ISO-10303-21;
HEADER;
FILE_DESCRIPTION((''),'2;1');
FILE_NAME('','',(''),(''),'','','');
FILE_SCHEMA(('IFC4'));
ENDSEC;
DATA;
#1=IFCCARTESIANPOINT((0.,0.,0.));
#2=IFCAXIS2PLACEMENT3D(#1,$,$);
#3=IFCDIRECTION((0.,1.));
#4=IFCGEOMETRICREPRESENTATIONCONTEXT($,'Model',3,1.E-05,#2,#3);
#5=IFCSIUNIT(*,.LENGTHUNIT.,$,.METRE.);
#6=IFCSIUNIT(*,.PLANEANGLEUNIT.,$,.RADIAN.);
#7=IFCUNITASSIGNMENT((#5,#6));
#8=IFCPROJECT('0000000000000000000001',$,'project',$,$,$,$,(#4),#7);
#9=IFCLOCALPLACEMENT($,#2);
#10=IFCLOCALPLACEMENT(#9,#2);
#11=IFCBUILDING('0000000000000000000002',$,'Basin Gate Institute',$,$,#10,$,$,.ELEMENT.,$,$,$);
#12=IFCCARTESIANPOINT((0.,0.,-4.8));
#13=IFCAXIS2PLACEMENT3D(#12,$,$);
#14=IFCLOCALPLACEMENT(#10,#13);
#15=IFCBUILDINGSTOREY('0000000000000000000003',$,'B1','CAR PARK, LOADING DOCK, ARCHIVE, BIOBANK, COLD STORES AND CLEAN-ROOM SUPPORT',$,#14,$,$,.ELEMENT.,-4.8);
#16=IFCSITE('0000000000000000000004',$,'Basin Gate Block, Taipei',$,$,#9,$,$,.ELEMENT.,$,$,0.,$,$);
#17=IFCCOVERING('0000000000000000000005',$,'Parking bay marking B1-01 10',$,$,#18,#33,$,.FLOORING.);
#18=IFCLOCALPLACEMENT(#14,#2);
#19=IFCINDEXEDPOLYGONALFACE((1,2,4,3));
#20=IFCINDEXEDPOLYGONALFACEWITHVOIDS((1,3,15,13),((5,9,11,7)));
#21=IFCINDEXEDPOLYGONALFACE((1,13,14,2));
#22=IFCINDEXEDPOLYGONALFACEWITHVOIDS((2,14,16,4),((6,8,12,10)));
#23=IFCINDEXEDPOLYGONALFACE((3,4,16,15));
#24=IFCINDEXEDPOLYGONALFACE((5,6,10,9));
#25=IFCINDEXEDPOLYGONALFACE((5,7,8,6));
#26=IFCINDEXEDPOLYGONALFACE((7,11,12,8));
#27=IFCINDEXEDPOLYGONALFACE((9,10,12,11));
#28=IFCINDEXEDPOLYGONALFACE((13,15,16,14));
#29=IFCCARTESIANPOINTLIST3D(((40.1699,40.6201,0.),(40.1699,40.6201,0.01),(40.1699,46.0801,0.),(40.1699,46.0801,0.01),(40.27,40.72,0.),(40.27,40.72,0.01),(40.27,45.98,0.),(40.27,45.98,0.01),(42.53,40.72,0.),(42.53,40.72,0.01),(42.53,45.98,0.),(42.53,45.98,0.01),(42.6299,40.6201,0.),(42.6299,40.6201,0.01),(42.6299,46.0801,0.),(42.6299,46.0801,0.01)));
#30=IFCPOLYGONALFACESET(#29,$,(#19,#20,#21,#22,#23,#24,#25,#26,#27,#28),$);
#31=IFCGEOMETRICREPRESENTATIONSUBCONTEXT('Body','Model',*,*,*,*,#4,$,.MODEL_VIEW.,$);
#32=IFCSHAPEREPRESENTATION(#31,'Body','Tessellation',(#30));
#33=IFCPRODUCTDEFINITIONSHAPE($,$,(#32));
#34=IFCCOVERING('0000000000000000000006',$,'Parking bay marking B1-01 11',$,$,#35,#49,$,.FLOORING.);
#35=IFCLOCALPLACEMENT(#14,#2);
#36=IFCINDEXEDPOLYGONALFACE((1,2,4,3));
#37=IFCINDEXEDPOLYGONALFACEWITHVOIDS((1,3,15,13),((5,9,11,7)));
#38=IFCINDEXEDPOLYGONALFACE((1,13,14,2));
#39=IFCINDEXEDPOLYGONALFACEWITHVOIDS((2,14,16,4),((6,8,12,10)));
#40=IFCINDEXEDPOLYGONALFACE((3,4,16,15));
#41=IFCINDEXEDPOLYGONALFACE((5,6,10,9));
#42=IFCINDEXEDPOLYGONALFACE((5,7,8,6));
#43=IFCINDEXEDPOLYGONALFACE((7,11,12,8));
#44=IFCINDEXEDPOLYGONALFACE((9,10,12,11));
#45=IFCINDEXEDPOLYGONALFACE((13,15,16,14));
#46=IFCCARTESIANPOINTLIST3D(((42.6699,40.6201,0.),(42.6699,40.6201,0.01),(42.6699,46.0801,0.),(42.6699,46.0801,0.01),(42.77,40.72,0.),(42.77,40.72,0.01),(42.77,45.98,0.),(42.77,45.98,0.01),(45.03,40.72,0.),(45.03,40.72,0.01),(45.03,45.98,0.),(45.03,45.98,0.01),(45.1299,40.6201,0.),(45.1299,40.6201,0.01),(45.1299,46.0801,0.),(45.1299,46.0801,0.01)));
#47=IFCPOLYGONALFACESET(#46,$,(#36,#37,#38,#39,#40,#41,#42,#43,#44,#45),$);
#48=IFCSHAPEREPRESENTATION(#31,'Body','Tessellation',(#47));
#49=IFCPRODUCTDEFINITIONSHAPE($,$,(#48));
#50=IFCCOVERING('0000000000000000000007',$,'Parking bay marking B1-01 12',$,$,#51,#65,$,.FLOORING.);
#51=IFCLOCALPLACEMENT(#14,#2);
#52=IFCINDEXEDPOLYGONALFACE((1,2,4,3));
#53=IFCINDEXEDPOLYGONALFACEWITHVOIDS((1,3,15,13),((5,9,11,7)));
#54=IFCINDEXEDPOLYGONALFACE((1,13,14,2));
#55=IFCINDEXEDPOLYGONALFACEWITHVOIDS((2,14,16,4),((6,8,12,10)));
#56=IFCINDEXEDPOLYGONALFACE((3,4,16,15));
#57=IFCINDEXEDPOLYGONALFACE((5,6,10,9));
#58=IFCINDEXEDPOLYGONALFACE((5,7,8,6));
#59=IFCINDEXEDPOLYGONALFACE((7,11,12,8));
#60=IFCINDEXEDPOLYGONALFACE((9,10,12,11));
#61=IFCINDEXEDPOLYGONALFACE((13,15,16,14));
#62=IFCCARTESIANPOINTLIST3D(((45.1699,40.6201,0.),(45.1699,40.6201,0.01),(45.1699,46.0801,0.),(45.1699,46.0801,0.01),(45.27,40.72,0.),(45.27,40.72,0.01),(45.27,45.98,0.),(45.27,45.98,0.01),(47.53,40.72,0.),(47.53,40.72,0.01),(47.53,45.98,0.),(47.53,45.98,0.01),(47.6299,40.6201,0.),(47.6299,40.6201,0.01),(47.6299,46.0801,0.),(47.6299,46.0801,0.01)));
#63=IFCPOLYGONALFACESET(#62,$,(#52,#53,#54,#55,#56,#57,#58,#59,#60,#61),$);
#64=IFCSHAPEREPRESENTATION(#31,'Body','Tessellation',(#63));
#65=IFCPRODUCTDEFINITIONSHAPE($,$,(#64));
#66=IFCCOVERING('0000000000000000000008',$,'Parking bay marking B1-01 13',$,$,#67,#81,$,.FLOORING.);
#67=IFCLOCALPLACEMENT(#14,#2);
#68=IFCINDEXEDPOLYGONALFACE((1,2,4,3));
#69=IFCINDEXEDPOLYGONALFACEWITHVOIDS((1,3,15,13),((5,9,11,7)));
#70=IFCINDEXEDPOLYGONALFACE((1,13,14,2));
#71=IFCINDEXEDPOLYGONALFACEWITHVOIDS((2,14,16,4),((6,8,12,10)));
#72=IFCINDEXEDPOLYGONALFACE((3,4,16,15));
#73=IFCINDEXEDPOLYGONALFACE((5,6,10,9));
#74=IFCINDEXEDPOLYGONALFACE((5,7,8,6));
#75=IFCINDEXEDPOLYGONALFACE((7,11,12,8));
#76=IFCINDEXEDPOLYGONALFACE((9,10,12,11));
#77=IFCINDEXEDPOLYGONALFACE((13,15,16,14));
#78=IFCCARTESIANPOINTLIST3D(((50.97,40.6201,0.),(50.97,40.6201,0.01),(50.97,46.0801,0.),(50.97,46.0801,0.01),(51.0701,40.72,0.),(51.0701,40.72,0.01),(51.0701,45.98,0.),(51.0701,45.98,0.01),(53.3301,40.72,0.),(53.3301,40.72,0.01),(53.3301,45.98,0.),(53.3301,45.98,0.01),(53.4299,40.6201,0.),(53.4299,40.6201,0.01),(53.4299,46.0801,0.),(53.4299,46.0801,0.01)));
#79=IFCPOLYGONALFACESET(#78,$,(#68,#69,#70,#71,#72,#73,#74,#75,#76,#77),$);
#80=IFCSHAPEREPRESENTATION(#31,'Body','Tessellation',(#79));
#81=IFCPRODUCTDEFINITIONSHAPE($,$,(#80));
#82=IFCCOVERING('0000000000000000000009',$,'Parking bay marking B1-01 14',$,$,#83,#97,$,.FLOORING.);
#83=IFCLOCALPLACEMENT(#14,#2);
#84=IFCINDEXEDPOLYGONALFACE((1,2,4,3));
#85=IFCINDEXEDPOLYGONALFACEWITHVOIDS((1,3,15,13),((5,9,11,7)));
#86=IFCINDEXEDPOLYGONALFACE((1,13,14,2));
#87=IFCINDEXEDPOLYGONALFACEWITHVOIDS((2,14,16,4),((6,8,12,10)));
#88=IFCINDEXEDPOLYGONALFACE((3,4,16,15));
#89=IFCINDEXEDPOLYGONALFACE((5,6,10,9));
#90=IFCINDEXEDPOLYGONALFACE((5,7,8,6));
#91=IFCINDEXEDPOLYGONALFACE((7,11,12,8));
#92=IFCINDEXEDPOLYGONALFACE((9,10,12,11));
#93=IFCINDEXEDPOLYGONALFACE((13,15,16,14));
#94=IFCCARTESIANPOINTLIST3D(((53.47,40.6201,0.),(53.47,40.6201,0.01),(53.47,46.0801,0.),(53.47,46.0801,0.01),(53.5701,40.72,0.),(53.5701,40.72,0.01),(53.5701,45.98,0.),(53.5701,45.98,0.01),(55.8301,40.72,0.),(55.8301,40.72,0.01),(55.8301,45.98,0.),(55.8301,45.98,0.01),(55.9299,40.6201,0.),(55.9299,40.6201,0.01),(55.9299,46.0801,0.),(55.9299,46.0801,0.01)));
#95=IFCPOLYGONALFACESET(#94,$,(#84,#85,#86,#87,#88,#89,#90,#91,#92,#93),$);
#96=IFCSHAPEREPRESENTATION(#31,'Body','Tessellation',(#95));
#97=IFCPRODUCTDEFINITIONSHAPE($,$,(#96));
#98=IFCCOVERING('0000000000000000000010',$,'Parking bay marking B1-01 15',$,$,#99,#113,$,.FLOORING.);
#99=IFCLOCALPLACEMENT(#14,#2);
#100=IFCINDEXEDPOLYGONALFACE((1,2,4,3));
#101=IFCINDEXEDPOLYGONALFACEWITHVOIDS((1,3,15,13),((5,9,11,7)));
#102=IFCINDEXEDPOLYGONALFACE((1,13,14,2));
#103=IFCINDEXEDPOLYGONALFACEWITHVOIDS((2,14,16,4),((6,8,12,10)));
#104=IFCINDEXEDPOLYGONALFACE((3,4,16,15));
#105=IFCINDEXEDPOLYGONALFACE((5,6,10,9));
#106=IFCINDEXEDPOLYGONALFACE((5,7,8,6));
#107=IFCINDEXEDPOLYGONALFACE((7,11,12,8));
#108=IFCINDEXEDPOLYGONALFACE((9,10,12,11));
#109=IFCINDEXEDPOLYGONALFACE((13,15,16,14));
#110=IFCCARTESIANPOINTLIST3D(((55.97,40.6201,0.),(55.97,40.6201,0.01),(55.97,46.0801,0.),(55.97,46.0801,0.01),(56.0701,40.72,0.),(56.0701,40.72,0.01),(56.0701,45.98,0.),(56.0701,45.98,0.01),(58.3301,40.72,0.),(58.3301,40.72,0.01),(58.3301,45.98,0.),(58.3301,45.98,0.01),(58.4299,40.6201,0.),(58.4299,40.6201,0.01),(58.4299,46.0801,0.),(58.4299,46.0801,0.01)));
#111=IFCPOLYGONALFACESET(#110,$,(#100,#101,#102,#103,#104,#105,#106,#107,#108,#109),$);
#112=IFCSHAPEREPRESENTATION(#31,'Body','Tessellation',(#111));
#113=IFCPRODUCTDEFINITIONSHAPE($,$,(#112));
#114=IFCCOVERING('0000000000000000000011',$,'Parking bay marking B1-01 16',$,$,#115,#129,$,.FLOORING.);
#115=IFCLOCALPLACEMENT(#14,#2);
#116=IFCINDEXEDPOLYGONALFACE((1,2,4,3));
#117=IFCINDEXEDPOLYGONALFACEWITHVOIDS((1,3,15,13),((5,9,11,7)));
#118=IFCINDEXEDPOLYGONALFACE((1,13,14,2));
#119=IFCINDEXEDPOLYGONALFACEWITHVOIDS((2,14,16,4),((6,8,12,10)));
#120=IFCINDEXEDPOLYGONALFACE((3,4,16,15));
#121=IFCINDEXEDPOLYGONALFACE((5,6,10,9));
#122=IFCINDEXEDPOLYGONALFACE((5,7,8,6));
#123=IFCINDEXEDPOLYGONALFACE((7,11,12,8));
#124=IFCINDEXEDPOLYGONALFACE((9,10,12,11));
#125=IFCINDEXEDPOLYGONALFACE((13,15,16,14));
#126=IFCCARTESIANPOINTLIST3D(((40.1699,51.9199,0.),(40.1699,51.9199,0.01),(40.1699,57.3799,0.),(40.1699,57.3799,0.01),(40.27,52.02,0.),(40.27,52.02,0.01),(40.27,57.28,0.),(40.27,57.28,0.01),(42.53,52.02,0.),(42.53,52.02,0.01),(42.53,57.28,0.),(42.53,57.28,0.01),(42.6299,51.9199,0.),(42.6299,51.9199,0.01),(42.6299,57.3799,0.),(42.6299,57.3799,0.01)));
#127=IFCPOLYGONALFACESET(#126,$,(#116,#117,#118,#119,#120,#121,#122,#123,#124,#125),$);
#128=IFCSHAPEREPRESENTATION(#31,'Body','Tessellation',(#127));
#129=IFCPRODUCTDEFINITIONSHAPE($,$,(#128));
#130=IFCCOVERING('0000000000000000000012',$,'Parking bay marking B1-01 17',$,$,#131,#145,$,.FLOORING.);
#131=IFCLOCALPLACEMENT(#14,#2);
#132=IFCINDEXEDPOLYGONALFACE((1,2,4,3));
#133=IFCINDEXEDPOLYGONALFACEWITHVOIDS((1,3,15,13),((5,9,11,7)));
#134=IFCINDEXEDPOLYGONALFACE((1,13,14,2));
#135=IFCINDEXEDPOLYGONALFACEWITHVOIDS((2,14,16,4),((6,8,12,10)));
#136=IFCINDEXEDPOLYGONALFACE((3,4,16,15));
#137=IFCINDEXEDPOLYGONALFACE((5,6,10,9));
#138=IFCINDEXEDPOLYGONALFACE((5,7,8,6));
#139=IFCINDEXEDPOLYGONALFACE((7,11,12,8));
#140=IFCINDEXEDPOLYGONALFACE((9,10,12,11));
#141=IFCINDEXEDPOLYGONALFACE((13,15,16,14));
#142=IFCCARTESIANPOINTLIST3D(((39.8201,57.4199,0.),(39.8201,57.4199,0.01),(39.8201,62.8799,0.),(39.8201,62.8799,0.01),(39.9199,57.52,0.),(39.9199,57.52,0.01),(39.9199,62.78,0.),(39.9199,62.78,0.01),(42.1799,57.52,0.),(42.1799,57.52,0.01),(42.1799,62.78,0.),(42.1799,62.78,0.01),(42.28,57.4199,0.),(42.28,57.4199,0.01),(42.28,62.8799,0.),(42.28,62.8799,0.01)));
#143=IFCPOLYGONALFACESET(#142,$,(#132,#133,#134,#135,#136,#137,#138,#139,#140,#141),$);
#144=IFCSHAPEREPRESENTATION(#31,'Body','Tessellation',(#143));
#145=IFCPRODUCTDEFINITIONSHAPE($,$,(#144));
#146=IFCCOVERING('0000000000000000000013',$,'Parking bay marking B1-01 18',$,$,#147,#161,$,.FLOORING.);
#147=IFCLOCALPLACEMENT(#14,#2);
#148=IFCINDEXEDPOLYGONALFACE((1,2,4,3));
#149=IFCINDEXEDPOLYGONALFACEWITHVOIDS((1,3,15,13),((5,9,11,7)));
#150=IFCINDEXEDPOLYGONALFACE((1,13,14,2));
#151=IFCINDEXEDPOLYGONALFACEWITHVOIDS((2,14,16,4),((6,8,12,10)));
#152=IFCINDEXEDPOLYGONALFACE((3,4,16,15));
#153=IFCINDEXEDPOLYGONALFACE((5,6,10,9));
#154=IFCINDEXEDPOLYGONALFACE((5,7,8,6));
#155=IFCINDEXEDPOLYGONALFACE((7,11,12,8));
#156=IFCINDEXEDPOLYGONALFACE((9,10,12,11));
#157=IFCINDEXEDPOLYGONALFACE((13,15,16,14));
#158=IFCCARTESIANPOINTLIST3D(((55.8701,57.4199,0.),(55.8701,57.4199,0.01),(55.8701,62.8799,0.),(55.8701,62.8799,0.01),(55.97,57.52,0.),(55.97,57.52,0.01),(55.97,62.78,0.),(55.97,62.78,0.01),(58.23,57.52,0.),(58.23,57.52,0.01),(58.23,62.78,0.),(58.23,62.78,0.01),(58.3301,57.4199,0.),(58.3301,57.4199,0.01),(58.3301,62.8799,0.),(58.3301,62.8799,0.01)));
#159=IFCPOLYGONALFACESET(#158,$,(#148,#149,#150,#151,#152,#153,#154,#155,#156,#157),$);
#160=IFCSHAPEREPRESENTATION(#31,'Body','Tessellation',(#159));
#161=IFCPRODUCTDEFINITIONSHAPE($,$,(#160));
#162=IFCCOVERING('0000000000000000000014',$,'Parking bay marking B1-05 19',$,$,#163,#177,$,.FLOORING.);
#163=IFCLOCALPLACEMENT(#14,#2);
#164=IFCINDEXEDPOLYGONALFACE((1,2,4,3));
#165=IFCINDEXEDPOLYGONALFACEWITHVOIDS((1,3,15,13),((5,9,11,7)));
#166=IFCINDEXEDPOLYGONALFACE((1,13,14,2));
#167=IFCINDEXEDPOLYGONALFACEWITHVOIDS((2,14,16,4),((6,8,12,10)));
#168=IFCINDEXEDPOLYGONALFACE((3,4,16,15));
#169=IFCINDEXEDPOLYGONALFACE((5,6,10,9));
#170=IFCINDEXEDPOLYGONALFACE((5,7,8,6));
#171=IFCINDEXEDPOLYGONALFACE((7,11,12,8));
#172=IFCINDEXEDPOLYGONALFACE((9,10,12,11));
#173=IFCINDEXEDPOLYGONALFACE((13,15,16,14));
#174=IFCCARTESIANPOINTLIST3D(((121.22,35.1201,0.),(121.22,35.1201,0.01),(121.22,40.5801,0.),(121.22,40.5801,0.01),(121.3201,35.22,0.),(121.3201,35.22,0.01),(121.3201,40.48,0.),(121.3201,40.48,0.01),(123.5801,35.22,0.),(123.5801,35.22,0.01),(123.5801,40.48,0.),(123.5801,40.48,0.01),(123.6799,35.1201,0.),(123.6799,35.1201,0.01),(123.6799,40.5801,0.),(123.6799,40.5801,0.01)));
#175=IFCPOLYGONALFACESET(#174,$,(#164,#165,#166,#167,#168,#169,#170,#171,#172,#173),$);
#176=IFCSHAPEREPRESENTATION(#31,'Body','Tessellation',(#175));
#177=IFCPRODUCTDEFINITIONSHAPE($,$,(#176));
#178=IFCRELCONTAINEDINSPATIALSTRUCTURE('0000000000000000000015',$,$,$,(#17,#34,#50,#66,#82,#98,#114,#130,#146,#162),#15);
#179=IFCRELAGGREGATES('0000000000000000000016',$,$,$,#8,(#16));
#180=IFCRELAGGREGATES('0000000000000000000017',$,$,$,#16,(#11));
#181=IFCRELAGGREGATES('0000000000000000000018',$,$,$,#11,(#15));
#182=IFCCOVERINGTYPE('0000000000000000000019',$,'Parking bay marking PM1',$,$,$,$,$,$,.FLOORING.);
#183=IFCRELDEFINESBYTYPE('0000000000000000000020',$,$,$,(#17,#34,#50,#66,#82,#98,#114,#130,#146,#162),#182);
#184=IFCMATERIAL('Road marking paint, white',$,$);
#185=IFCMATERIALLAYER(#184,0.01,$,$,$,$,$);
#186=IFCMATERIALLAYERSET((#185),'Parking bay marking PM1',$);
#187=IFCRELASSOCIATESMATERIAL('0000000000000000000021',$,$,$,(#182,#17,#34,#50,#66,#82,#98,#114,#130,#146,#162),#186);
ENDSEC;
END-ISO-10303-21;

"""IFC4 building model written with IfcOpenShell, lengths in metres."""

from ifc_helpers import new_model, si_unit, direction, frame, origin, place, context, subcontext, project, spatial, polyline, outline, extrude, material, layer, layer_set, type_object, element, save


model = new_model("IFC4")

# Units and contexts
model_context = context("Model", 3, precision=1e-05, world=origin(), true_north=direction((0.0, 1.0)))
body_context = subcontext(model_context, "Body", "Model", "MODEL_VIEW")
ifc_project = project(units=[si_unit("LENGTHUNIT", "METRE"), si_unit("PLANEANGLEUNIT", "RADIAN")], contexts=[model_context])

# Site, building, storey
site_placement = place(None, origin())
site = spatial("IfcSite", under=ifc_project, at=site_placement, Name="Basin Gate Block, Taipei", CompositionType="ELEMENT", RefElevation=0.0)
building_placement = place(site_placement, origin())
building = spatial("IfcBuilding", under=site, at=building_placement, Name="Basin Gate Institute", CompositionType="ELEMENT")
storey_placement = place(building_placement, frame((0.0, 0.0, -4.8)))
storey = spatial("IfcBuildingStorey", under=building, at=storey_placement, Name="B1", Description="CAR PARK, LOADING DOCK, ARCHIVE, BIOBANK, COLD STORES AND CLEAN-ROOM SUPPORT", CompositionType="ELEMENT", Elevation=-4.8)

# Coverings
ifc_material_1 = material(Name="Road marking paint, white")
ifc_layer_1 = layer(ifc_material_1, 0.01)
ifc_layer_set_1 = layer_set([ifc_layer_1], Name="Parking bay marking PM1")
covering_type_1 = type_object("IfcCoveringType", Name="Parking bay marking PM1", PredefinedType="FLOORING", material=ifc_layer_set_1)
covering_1_placement = place(storey_placement, origin())
element("IfcCovering", 1, at=covering_1_placement, inside=storey, type_object=covering_type_1, material=ifc_layer_set_1, Name="Parking bay marking B1-01 10", PredefinedType="FLOORING", context=body_context, shape_type="SweptSolid", body=[
    extrude(outline(polyline([(40.1699, 40.6201), (42.6299, 40.6201), (42.6299, 46.0801), (40.1699, 46.0801), (40.1699, 40.6201)]), holes=[polyline([(40.27, 40.72), (42.53, 40.72), (42.53, 45.98), (40.27, 45.98), (40.27, 40.72)])]), origin(), (0.0, 0.0, 1.0), 0.01),
])
covering_2_placement = place(storey_placement, origin())
element("IfcCovering", 2, at=covering_2_placement, inside=storey, type_object=covering_type_1, material=ifc_layer_set_1, Name="Parking bay marking B1-01 11", PredefinedType="FLOORING", context=body_context, shape_type="SweptSolid", body=[
    extrude(outline(polyline([(42.6699, 40.6201), (45.1299, 40.6201), (45.1299, 46.0801), (42.6699, 46.0801), (42.6699, 40.6201)]), holes=[polyline([(42.77, 40.72), (45.03, 40.72), (45.03, 45.98), (42.77, 45.98), (42.77, 40.72)])]), origin(), (0.0, 0.0, 1.0), 0.01),
])
covering_3_placement = place(storey_placement, origin())
element("IfcCovering", 3, at=covering_3_placement, inside=storey, type_object=covering_type_1, material=ifc_layer_set_1, Name="Parking bay marking B1-01 12", PredefinedType="FLOORING", context=body_context, shape_type="SweptSolid", body=[
    extrude(outline(polyline([(45.1699, 40.6201), (47.6299, 40.6201), (47.6299, 46.0801), (45.1699, 46.0801), (45.1699, 40.6201)]), holes=[polyline([(45.27, 40.72), (47.53, 40.72), (47.53, 45.98), (45.27, 45.98), (45.27, 40.72)])]), origin(), (0.0, 0.0, 1.0), 0.01),
])
covering_4_placement = place(storey_placement, origin())
element("IfcCovering", 4, at=covering_4_placement, inside=storey, type_object=covering_type_1, material=ifc_layer_set_1, Name="Parking bay marking B1-01 13", PredefinedType="FLOORING", context=body_context, shape_type="SweptSolid", body=[
    extrude(outline(polyline([(50.97, 40.6201), (53.4299, 40.6201), (53.4299, 46.0801), (50.97, 46.0801), (50.97, 40.6201)]), holes=[polyline([(51.0701, 40.72), (53.3301, 40.72), (53.3301, 45.98), (51.0701, 45.98), (51.0701, 40.72)])]), origin(), (0.0, 0.0, 1.0), 0.01),
])
covering_5_placement = place(storey_placement, origin())
element("IfcCovering", 5, at=covering_5_placement, inside=storey, type_object=covering_type_1, material=ifc_layer_set_1, Name="Parking bay marking B1-01 14", PredefinedType="FLOORING", context=body_context, shape_type="SweptSolid", body=[
    extrude(outline(polyline([(53.47, 40.6201), (55.9299, 40.6201), (55.9299, 46.0801), (53.47, 46.0801), (53.47, 40.6201)]), holes=[polyline([(53.5701, 40.72), (55.8301, 40.72), (55.8301, 45.98), (53.5701, 45.98), (53.5701, 40.72)])]), origin(), (0.0, 0.0, 1.0), 0.01),
])
covering_6_placement = place(storey_placement, origin())
element("IfcCovering", 6, at=covering_6_placement, inside=storey, type_object=covering_type_1, material=ifc_layer_set_1, Name="Parking bay marking B1-01 15", PredefinedType="FLOORING", context=body_context, shape_type="SweptSolid", body=[
    extrude(outline(polyline([(55.97, 40.6201), (58.4299, 40.6201), (58.4299, 46.0801), (55.97, 46.0801), (55.97, 40.6201)]), holes=[polyline([(56.0701, 40.72), (58.3301, 40.72), (58.3301, 45.98), (56.0701, 45.98), (56.0701, 40.72)])]), origin(), (0.0, 0.0, 1.0), 0.01),
])
covering_7_placement = place(storey_placement, origin())
element("IfcCovering", 7, at=covering_7_placement, inside=storey, type_object=covering_type_1, material=ifc_layer_set_1, Name="Parking bay marking B1-01 16", PredefinedType="FLOORING", context=body_context, shape_type="SweptSolid", body=[
    extrude(outline(polyline([(40.1699, 51.9199), (42.6299, 51.9199), (42.6299, 57.3799), (40.1699, 57.3799), (40.1699, 51.9199)]), holes=[polyline([(40.27, 52.02), (42.53, 52.02), (42.53, 57.28), (40.27, 57.28), (40.27, 52.02)])]), origin(), (0.0, 0.0, 1.0), 0.01),
])
covering_8_placement = place(storey_placement, origin())
element("IfcCovering", 8, at=covering_8_placement, inside=storey, type_object=covering_type_1, material=ifc_layer_set_1, Name="Parking bay marking B1-01 17", PredefinedType="FLOORING", context=body_context, shape_type="SweptSolid", body=[
    extrude(outline(polyline([(39.8201, 57.4199), (42.28, 57.4199), (42.28, 62.8799), (39.8201, 62.8799), (39.8201, 57.4199)]), holes=[polyline([(39.9199, 57.52), (42.1799, 57.52), (42.1799, 62.78), (39.9199, 62.78), (39.9199, 57.52)])]), origin(), (0.0, 0.0, 1.0), 0.01),
])
covering_9_placement = place(storey_placement, origin())
element("IfcCovering", 9, at=covering_9_placement, inside=storey, type_object=covering_type_1, material=ifc_layer_set_1, Name="Parking bay marking B1-01 18", PredefinedType="FLOORING", context=body_context, shape_type="SweptSolid", body=[
    extrude(outline(polyline([(55.8701, 57.4199), (58.3301, 57.4199), (58.3301, 62.8799), (55.8701, 62.8799), (55.8701, 57.4199)]), holes=[polyline([(55.97, 57.52), (58.23, 57.52), (58.23, 62.78), (55.97, 62.78), (55.97, 57.52)])]), origin(), (0.0, 0.0, 1.0), 0.01),
])
covering_10_placement = place(storey_placement, origin())
element("IfcCovering", 10, at=covering_10_placement, inside=storey, type_object=covering_type_1, material=ifc_layer_set_1, Name="Parking bay marking B1-05 19", PredefinedType="FLOORING", context=body_context, shape_type="SweptSolid", body=[
    extrude(outline(polyline([(121.22, 35.1201), (123.6799, 35.1201), (123.6799, 40.5801), (121.22, 40.5801), (121.22, 35.1201)]), holes=[polyline([(121.3201, 35.22), (123.5801, 35.22), (123.5801, 40.48), (121.3201, 40.48), (121.3201, 35.22)])]), origin(), (0.0, 0.0, 1.0), 0.01),
])

save(model, "model.ifc")
